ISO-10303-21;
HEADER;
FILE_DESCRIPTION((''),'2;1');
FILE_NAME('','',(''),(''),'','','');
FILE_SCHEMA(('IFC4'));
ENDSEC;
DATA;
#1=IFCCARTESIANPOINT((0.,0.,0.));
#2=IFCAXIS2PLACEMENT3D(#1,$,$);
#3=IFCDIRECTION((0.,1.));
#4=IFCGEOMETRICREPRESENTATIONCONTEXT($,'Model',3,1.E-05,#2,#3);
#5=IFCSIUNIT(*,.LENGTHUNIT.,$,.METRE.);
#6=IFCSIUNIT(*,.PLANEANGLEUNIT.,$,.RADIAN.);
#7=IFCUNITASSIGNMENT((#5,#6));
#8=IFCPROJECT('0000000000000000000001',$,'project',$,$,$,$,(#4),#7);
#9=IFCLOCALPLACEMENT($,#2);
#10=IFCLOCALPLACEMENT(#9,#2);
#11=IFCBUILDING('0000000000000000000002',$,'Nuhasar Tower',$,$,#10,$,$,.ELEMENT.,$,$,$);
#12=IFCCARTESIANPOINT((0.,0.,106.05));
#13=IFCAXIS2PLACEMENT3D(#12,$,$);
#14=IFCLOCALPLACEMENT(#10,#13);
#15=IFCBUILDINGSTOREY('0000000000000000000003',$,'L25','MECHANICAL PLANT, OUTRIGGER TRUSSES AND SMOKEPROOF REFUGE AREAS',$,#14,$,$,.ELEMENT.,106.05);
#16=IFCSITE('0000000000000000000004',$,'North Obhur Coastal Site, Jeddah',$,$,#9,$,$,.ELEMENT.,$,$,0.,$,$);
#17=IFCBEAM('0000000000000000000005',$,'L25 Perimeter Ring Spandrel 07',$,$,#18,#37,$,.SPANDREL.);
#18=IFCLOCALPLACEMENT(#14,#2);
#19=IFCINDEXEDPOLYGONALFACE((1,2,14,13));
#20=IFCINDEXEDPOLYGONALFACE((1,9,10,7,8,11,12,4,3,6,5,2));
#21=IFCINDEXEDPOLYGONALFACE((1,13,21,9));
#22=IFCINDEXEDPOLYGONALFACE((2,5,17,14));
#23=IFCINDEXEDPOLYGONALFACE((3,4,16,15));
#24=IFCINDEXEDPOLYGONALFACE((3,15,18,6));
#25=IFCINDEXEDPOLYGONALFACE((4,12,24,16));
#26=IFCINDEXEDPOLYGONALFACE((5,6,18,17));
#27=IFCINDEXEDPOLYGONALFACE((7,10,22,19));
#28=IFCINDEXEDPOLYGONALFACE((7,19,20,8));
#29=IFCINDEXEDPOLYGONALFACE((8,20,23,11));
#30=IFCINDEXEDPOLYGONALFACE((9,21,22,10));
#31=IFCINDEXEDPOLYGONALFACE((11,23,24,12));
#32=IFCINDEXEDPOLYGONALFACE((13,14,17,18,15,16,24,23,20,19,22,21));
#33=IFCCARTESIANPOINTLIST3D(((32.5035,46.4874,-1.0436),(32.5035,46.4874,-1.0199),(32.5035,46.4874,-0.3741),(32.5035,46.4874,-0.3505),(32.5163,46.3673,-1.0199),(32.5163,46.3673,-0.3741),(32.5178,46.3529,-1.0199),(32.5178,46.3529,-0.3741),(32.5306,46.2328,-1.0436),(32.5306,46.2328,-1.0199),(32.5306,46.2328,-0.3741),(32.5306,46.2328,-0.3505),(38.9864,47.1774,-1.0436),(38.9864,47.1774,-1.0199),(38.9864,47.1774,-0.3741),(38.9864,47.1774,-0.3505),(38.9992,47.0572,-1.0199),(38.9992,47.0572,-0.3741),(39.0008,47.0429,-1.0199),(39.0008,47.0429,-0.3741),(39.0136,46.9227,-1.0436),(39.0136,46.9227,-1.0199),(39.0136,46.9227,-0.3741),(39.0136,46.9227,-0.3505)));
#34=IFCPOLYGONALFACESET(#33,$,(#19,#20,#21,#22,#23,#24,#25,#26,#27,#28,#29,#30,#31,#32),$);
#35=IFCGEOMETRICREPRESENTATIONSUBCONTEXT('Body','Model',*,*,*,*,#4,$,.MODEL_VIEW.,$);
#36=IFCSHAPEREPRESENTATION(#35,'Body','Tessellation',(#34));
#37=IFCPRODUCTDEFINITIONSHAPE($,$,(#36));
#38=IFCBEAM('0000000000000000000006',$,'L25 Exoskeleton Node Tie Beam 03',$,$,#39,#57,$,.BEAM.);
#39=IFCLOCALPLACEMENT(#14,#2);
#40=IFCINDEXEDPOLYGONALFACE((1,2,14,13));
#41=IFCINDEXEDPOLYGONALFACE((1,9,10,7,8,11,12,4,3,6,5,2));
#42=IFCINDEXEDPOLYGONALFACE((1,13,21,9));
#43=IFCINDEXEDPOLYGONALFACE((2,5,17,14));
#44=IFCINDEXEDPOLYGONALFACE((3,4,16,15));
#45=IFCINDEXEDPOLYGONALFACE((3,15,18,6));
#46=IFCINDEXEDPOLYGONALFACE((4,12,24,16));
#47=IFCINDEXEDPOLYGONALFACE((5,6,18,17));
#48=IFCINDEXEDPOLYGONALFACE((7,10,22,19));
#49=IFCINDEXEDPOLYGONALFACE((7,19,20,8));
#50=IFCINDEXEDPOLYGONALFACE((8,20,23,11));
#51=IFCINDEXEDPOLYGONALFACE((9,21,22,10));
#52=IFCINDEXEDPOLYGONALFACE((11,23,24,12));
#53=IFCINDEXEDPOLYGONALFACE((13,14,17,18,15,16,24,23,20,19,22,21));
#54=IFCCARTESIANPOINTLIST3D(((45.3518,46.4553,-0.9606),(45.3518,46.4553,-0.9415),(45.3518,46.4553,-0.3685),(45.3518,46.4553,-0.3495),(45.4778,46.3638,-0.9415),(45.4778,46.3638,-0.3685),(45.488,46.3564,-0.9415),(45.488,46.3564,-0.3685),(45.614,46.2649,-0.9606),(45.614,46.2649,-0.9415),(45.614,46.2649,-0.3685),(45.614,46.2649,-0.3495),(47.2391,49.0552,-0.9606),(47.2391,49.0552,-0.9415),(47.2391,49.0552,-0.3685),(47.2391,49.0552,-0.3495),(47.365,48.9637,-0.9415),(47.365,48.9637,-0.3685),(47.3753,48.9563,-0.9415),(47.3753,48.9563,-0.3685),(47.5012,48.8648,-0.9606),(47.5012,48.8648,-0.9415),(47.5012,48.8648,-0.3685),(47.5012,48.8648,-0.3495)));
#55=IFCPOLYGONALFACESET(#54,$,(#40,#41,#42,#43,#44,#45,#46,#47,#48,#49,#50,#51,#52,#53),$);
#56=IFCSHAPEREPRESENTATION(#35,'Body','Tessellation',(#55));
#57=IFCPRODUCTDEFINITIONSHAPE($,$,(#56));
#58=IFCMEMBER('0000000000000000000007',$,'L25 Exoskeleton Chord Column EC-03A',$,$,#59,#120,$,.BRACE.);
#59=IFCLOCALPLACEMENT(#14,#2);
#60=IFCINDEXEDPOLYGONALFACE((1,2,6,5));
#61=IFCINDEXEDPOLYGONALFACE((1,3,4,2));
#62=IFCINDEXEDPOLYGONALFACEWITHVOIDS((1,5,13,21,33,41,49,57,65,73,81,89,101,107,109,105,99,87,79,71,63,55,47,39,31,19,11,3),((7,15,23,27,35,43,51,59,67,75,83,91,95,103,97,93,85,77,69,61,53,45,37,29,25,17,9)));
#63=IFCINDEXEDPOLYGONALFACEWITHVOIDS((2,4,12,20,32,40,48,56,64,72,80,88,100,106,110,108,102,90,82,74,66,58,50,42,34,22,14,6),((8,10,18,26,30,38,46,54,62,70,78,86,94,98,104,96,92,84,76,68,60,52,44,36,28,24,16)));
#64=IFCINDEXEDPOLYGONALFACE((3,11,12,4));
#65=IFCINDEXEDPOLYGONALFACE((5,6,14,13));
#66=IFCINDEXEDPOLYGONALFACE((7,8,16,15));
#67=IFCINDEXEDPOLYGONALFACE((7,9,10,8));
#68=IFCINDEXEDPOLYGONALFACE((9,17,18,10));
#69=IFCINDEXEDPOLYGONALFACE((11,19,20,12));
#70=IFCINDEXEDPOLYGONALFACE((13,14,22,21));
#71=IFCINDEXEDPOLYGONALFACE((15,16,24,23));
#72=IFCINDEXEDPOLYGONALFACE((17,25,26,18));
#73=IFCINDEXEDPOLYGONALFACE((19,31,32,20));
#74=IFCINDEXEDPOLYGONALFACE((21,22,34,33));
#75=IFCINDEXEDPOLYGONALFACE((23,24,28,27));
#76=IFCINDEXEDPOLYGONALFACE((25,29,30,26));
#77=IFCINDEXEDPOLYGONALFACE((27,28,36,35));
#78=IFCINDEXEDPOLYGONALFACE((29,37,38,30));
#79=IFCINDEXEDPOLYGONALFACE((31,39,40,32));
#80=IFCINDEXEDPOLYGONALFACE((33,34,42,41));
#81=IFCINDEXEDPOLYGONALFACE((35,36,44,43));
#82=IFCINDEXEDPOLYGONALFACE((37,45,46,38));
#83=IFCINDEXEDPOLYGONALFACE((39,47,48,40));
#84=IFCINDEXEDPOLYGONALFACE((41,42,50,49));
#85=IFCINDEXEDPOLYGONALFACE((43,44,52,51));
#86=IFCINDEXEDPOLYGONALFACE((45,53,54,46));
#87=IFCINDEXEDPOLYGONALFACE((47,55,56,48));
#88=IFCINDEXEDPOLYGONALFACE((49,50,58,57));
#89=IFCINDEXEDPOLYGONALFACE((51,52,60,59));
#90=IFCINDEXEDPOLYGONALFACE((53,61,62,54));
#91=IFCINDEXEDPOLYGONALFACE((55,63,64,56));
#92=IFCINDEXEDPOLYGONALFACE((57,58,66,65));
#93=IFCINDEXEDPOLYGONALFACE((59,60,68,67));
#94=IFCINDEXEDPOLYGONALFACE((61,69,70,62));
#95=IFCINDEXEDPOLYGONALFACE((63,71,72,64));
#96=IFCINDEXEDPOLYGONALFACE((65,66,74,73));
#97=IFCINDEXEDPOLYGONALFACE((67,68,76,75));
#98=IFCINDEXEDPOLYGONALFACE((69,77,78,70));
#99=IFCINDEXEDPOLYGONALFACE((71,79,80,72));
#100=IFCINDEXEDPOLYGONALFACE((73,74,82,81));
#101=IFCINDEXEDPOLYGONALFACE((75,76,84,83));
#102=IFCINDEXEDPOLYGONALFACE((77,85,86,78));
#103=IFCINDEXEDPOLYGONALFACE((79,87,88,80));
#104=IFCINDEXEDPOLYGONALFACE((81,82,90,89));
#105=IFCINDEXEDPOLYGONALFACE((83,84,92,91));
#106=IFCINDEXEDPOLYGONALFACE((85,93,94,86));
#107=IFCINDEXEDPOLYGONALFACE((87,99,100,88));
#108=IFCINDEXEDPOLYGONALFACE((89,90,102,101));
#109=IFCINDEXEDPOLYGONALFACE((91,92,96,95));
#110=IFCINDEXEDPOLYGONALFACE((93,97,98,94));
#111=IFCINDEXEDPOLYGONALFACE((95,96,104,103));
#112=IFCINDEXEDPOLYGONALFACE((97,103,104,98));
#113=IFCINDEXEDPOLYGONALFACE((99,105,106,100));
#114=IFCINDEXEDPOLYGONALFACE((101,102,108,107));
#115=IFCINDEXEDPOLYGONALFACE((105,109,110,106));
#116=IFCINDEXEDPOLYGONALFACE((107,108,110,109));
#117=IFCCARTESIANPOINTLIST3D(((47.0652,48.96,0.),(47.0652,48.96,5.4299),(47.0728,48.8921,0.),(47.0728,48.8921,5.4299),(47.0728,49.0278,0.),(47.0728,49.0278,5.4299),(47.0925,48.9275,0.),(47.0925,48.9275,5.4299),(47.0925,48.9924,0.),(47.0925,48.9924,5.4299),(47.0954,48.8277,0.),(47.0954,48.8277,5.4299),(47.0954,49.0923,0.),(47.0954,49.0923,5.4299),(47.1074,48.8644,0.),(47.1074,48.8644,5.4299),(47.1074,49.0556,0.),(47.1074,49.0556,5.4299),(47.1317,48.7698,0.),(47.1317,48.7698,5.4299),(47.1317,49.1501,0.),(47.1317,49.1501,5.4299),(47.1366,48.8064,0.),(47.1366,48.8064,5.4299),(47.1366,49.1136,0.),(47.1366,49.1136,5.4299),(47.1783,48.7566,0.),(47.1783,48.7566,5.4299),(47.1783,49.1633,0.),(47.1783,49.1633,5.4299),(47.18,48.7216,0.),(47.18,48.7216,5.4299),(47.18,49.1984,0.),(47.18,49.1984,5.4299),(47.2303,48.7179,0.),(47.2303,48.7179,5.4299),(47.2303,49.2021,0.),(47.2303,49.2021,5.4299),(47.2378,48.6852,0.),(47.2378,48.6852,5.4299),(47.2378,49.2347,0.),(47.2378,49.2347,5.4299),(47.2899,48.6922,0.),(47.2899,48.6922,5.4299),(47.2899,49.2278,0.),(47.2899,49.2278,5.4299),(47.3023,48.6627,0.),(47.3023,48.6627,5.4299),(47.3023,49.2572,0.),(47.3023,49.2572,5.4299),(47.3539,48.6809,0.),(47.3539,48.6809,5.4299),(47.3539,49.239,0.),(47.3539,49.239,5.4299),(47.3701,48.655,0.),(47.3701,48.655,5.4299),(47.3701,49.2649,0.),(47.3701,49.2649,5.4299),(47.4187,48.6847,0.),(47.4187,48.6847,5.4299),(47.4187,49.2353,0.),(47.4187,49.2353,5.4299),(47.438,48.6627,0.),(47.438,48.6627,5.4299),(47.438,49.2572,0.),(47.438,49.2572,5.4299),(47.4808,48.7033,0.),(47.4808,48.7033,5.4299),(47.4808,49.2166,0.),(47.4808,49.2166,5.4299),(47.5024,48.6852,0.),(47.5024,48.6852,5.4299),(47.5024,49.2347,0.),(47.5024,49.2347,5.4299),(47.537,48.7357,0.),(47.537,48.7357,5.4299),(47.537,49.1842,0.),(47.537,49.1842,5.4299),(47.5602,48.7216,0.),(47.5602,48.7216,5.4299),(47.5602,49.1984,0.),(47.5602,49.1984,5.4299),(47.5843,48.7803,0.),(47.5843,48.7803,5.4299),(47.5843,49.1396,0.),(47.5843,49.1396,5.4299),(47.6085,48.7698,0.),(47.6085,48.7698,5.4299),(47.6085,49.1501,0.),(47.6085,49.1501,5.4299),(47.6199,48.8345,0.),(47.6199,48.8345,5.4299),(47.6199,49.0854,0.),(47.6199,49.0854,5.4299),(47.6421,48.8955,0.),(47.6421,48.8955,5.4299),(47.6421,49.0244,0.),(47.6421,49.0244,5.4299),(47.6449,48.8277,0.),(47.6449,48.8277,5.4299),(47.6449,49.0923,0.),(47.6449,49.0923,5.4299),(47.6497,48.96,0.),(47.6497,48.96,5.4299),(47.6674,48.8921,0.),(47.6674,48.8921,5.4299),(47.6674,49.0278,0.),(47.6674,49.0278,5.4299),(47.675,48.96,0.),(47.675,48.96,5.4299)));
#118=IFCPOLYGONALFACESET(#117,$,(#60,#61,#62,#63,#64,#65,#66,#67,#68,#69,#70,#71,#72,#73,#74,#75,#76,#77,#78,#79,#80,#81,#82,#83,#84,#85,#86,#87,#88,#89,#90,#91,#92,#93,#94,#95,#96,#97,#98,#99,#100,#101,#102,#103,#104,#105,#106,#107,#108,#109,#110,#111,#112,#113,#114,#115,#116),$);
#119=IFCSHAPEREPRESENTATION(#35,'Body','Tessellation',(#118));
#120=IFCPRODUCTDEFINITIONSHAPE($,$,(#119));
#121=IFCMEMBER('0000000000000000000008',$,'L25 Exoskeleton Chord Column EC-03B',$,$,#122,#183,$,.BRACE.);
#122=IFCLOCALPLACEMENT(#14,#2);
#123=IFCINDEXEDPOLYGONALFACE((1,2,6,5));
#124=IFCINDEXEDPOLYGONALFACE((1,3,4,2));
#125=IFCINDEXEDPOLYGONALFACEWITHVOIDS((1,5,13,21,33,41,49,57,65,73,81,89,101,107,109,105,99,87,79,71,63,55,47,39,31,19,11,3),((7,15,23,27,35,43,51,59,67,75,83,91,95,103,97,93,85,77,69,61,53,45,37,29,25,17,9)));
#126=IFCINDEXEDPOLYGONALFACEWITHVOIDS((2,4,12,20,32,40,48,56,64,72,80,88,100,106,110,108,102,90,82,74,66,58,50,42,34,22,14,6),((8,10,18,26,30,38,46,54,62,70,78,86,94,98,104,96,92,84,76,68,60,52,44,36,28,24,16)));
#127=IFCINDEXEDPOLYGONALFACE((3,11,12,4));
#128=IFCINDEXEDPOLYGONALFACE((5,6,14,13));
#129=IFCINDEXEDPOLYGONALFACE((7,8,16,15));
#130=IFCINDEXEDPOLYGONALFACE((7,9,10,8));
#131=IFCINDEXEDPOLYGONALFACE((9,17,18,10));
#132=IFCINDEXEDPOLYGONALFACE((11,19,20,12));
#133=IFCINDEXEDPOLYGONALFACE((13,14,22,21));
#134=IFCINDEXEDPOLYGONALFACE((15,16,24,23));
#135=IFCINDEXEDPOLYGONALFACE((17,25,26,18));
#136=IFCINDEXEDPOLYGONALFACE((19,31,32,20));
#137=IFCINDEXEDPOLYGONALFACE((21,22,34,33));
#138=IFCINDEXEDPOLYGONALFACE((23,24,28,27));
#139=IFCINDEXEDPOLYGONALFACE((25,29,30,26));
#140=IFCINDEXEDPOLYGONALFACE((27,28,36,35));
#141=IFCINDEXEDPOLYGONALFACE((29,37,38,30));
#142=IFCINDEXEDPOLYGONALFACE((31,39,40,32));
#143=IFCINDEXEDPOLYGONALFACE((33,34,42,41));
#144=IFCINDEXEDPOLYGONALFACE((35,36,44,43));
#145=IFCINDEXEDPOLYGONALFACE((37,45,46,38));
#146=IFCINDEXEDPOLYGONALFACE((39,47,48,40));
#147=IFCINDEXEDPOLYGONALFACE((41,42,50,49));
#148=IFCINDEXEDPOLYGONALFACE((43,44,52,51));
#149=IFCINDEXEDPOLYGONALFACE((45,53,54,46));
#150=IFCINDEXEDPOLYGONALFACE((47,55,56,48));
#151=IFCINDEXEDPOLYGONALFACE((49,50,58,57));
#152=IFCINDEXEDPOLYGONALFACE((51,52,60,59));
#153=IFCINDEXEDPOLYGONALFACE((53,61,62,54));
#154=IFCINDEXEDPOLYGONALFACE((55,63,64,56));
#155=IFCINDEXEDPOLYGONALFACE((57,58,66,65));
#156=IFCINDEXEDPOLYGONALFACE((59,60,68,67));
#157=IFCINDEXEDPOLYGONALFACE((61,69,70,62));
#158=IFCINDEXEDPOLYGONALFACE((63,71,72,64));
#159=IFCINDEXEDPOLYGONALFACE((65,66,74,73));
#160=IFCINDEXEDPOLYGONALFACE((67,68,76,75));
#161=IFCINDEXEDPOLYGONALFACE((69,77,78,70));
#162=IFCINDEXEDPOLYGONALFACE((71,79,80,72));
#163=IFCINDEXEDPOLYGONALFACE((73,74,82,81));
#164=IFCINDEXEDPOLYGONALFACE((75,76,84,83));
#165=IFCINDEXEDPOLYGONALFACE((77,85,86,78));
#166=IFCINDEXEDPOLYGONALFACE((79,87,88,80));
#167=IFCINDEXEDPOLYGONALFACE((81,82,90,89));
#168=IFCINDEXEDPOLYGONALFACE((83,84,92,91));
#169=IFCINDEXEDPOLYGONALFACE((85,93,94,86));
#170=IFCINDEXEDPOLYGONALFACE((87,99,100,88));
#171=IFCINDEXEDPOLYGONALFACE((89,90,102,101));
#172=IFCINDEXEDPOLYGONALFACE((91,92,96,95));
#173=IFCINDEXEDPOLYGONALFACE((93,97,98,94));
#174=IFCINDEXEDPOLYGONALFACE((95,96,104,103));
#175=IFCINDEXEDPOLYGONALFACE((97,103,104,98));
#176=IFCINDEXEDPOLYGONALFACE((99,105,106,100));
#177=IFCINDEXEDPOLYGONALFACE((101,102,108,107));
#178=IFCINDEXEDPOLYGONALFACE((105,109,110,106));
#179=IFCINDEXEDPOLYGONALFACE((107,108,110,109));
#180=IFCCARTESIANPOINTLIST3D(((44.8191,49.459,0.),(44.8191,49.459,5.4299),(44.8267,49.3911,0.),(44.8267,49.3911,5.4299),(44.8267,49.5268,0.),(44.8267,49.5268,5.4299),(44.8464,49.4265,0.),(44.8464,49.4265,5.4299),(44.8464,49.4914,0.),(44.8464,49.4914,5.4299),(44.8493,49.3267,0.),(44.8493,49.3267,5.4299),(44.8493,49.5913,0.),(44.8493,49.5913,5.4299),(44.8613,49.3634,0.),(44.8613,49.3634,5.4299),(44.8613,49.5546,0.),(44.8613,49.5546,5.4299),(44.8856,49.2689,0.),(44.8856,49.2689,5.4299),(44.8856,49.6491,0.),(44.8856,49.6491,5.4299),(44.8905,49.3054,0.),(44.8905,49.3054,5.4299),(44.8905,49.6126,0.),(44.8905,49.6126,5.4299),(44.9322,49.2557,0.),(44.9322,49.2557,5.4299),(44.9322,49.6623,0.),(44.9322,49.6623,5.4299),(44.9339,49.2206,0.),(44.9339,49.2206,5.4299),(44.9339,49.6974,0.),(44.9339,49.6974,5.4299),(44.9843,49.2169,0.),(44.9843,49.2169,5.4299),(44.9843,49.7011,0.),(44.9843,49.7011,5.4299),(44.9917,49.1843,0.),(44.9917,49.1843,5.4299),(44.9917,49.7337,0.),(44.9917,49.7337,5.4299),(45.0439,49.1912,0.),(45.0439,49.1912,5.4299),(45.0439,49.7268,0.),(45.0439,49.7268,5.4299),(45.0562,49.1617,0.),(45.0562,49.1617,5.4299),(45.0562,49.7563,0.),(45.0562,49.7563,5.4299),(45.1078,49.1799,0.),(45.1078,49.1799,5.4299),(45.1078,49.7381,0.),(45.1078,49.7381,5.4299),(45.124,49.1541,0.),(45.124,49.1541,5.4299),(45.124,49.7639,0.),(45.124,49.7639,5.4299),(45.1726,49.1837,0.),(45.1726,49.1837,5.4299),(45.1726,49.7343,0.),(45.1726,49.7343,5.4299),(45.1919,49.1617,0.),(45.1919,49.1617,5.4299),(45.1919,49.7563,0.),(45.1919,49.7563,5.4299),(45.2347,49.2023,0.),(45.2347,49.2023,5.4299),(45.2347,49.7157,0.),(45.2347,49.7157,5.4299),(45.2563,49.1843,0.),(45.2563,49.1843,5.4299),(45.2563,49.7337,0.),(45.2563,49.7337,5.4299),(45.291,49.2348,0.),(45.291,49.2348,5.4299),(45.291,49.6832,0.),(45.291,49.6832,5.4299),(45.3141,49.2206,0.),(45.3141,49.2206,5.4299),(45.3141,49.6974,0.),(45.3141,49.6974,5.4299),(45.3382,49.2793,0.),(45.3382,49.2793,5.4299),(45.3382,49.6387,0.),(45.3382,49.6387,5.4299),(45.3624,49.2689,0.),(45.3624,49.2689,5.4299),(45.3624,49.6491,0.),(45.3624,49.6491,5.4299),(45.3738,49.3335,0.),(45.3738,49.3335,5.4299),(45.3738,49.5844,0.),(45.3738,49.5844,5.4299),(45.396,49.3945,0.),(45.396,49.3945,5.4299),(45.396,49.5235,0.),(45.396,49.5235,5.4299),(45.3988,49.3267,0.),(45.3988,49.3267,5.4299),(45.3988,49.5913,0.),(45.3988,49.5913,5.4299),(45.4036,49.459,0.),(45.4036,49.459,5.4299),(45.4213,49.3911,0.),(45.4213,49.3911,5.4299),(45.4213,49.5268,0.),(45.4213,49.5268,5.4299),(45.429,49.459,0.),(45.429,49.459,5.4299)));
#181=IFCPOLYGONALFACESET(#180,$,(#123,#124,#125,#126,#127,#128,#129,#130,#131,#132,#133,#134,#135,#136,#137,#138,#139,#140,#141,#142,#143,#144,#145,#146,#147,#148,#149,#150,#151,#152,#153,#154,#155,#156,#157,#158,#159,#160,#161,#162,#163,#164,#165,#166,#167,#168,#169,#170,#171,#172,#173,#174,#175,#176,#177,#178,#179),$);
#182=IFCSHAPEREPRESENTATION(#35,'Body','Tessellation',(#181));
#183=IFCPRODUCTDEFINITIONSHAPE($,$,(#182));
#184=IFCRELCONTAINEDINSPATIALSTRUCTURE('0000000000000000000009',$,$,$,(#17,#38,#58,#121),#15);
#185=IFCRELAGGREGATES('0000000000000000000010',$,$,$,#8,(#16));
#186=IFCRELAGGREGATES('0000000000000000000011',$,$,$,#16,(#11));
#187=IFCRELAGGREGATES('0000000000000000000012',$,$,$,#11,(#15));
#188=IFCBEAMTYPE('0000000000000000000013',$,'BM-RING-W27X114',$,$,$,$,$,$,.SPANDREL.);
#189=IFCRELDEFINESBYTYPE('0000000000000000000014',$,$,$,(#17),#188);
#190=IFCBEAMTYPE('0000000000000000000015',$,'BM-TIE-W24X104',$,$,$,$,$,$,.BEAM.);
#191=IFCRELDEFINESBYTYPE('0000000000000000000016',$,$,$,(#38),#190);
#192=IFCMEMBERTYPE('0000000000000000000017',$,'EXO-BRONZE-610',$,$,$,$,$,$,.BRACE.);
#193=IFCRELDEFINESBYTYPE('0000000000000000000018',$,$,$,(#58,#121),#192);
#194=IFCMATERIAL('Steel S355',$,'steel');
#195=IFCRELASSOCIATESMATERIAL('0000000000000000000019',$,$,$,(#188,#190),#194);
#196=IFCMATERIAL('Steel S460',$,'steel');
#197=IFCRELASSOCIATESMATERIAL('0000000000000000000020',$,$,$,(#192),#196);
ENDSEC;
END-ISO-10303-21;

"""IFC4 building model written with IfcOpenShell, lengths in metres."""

from ifc_helpers import new_model, si_unit, direction, frame, origin, origin_2d, place, context, subcontext, project, spatial, hollow_circle, i_section, extrude, material, material_profile, profile_set, type_object, element, save


model = new_model("IFC4")

# Units and contexts
model_context = context("Model", 3, precision=1e-05, world=origin(), true_north=direction((0.0, 1.0)))
body_context = subcontext(model_context, "Body", "Model", "MODEL_VIEW")
ifc_project = project(units=[si_unit("LENGTHUNIT", "METRE"), si_unit("PLANEANGLEUNIT", "RADIAN")], contexts=[model_context])

# Site, building, storey
site_placement = place(None, origin())
site = spatial("IfcSite", under=ifc_project, at=site_placement, Name="North Obhur Coastal Site, Jeddah", CompositionType="ELEMENT", RefElevation=0.0)
building_placement = place(site_placement, origin())
building = spatial("IfcBuilding", under=site, at=building_placement, Name="Nuhasar Tower", CompositionType="ELEMENT")
storey_placement = place(building_placement, frame((0.0, 0.0, 106.05)))
storey = spatial("IfcBuildingStorey", under=building, at=storey_placement, Name="L25", Description="MECHANICAL PLANT, OUTRIGGER TRUSSES AND SMOKEPROOF REFUGE AREAS", CompositionType="ELEMENT", Elevation=106.05)

# Shared definitions
ifc_material_1 = material(Name="Steel S460", Category="steel")

# Beams
ifc_material_2 = material(Name="Steel S355", Category="steel")
ifc_material_profile_1 = material_profile(ifc_material_2, i_section(OverallWidth=0.2561, OverallDepth=0.6931, WebThickness=0.0144, FlangeThickness=0.0237, at=origin_2d()), Name="W27X114")
ifc_profile_set_1 = profile_set([ifc_material_profile_1], Name="Steel S355")
beam_type_1 = type_object("IfcBeamType", Name="BM-RING-W27X114", PredefinedType="SPANDREL", material=ifc_profile_set_1)
for number, where, z_axis, x_axis, name in (
    (1, (39.0, 47.05, -0.697), (-0.994385, -0.105827, 0.0), (0.105827, -0.994385, 0.0), "L25 Perimeter Ring Spandrel 07"),
):
    element("IfcBeam", number, at=place(storey_placement, frame(where, z_axis=z_axis, x_axis=x_axis)), inside=storey, type_object=beam_type_1, Name=name, PredefinedType="SPANDREL", context=body_context, shape_type="SweptSolid", body=[
        extrude(i_section(OverallWidth=0.2561, OverallDepth=0.6931, WebThickness=0.0144, FlangeThickness=0.0237, at=origin_2d()), origin(), (0.0, 0.0, 1.0), 6.5195),
    ])
ifc_material_profile_2 = material_profile(ifc_material_2, i_section(OverallWidth=0.324, OverallDepth=0.6111, WebThickness=0.0127, FlangeThickness=0.019, at=origin_2d()), Name="W24X104")
ifc_profile_set_2 = profile_set([ifc_material_profile_2], Name="Steel S355")
beam_type_2 = type_object("IfcBeamType", Name="BM-TIE-W24X104", PredefinedType="BEAM", material=ifc_profile_set_2)
beam_1_placement = place(storey_placement, frame((45.4829, 46.3601, -0.655), z_axis=(0.587439, 0.809268, 0.0), x_axis=(-0.809268, 0.587439, 0.0)))
element("IfcBeam", 2, at=beam_1_placement, inside=storey, type_object=beam_type_2, Name="L25 Exoskeleton Node Tie Beam 03", PredefinedType="BEAM", context=body_context, shape_type="SweptSolid", body=[
    extrude(i_section(OverallWidth=0.324, OverallDepth=0.6111, WebThickness=0.0127, FlangeThickness=0.019, at=origin_2d()), origin(), (0.0, 0.0, 1.0), 3.2126),
])

# Members
ifc_material_profile_3 = material_profile(ifc_material_1, hollow_circle(Radius=0.3049, WallThickness=0.0254, at=origin_2d()), Name="HSS610X25.4")
ifc_profile_set_3 = profile_set([ifc_material_profile_3], Name="Steel S460")
member_type_1 = type_object("IfcMemberType", Name="EXO-BRONZE-610", PredefinedType="BRACE", material=ifc_profile_set_3)
for number, where, z_axis, x_axis, name in (
    (3, (47.3701, 48.96, 0.0), (0.0, 0.0, 1.0), (1.0, 0.0, 0.0), "L25 Exoskeleton Chord Column EC-03A"),
    (4, (45.124, 49.459, 0.0), (0.0, 0.0, 1.0), (1.0, 0.0, 0.0), "L25 Exoskeleton Chord Column EC-03B"),
):
    element("IfcMember", number, at=place(storey_placement, frame(where, z_axis=z_axis, x_axis=x_axis)), inside=storey, type_object=member_type_1, Name=name, PredefinedType="BRACE", context=body_context, shape_type="SweptSolid", body=[
        extrude(hollow_circle(Radius=0.3049, WallThickness=0.0254, at=origin_2d()), origin(), (0.0, 0.0, 1.0), 5.4299),
    ])

save(model, "model.ifc")
